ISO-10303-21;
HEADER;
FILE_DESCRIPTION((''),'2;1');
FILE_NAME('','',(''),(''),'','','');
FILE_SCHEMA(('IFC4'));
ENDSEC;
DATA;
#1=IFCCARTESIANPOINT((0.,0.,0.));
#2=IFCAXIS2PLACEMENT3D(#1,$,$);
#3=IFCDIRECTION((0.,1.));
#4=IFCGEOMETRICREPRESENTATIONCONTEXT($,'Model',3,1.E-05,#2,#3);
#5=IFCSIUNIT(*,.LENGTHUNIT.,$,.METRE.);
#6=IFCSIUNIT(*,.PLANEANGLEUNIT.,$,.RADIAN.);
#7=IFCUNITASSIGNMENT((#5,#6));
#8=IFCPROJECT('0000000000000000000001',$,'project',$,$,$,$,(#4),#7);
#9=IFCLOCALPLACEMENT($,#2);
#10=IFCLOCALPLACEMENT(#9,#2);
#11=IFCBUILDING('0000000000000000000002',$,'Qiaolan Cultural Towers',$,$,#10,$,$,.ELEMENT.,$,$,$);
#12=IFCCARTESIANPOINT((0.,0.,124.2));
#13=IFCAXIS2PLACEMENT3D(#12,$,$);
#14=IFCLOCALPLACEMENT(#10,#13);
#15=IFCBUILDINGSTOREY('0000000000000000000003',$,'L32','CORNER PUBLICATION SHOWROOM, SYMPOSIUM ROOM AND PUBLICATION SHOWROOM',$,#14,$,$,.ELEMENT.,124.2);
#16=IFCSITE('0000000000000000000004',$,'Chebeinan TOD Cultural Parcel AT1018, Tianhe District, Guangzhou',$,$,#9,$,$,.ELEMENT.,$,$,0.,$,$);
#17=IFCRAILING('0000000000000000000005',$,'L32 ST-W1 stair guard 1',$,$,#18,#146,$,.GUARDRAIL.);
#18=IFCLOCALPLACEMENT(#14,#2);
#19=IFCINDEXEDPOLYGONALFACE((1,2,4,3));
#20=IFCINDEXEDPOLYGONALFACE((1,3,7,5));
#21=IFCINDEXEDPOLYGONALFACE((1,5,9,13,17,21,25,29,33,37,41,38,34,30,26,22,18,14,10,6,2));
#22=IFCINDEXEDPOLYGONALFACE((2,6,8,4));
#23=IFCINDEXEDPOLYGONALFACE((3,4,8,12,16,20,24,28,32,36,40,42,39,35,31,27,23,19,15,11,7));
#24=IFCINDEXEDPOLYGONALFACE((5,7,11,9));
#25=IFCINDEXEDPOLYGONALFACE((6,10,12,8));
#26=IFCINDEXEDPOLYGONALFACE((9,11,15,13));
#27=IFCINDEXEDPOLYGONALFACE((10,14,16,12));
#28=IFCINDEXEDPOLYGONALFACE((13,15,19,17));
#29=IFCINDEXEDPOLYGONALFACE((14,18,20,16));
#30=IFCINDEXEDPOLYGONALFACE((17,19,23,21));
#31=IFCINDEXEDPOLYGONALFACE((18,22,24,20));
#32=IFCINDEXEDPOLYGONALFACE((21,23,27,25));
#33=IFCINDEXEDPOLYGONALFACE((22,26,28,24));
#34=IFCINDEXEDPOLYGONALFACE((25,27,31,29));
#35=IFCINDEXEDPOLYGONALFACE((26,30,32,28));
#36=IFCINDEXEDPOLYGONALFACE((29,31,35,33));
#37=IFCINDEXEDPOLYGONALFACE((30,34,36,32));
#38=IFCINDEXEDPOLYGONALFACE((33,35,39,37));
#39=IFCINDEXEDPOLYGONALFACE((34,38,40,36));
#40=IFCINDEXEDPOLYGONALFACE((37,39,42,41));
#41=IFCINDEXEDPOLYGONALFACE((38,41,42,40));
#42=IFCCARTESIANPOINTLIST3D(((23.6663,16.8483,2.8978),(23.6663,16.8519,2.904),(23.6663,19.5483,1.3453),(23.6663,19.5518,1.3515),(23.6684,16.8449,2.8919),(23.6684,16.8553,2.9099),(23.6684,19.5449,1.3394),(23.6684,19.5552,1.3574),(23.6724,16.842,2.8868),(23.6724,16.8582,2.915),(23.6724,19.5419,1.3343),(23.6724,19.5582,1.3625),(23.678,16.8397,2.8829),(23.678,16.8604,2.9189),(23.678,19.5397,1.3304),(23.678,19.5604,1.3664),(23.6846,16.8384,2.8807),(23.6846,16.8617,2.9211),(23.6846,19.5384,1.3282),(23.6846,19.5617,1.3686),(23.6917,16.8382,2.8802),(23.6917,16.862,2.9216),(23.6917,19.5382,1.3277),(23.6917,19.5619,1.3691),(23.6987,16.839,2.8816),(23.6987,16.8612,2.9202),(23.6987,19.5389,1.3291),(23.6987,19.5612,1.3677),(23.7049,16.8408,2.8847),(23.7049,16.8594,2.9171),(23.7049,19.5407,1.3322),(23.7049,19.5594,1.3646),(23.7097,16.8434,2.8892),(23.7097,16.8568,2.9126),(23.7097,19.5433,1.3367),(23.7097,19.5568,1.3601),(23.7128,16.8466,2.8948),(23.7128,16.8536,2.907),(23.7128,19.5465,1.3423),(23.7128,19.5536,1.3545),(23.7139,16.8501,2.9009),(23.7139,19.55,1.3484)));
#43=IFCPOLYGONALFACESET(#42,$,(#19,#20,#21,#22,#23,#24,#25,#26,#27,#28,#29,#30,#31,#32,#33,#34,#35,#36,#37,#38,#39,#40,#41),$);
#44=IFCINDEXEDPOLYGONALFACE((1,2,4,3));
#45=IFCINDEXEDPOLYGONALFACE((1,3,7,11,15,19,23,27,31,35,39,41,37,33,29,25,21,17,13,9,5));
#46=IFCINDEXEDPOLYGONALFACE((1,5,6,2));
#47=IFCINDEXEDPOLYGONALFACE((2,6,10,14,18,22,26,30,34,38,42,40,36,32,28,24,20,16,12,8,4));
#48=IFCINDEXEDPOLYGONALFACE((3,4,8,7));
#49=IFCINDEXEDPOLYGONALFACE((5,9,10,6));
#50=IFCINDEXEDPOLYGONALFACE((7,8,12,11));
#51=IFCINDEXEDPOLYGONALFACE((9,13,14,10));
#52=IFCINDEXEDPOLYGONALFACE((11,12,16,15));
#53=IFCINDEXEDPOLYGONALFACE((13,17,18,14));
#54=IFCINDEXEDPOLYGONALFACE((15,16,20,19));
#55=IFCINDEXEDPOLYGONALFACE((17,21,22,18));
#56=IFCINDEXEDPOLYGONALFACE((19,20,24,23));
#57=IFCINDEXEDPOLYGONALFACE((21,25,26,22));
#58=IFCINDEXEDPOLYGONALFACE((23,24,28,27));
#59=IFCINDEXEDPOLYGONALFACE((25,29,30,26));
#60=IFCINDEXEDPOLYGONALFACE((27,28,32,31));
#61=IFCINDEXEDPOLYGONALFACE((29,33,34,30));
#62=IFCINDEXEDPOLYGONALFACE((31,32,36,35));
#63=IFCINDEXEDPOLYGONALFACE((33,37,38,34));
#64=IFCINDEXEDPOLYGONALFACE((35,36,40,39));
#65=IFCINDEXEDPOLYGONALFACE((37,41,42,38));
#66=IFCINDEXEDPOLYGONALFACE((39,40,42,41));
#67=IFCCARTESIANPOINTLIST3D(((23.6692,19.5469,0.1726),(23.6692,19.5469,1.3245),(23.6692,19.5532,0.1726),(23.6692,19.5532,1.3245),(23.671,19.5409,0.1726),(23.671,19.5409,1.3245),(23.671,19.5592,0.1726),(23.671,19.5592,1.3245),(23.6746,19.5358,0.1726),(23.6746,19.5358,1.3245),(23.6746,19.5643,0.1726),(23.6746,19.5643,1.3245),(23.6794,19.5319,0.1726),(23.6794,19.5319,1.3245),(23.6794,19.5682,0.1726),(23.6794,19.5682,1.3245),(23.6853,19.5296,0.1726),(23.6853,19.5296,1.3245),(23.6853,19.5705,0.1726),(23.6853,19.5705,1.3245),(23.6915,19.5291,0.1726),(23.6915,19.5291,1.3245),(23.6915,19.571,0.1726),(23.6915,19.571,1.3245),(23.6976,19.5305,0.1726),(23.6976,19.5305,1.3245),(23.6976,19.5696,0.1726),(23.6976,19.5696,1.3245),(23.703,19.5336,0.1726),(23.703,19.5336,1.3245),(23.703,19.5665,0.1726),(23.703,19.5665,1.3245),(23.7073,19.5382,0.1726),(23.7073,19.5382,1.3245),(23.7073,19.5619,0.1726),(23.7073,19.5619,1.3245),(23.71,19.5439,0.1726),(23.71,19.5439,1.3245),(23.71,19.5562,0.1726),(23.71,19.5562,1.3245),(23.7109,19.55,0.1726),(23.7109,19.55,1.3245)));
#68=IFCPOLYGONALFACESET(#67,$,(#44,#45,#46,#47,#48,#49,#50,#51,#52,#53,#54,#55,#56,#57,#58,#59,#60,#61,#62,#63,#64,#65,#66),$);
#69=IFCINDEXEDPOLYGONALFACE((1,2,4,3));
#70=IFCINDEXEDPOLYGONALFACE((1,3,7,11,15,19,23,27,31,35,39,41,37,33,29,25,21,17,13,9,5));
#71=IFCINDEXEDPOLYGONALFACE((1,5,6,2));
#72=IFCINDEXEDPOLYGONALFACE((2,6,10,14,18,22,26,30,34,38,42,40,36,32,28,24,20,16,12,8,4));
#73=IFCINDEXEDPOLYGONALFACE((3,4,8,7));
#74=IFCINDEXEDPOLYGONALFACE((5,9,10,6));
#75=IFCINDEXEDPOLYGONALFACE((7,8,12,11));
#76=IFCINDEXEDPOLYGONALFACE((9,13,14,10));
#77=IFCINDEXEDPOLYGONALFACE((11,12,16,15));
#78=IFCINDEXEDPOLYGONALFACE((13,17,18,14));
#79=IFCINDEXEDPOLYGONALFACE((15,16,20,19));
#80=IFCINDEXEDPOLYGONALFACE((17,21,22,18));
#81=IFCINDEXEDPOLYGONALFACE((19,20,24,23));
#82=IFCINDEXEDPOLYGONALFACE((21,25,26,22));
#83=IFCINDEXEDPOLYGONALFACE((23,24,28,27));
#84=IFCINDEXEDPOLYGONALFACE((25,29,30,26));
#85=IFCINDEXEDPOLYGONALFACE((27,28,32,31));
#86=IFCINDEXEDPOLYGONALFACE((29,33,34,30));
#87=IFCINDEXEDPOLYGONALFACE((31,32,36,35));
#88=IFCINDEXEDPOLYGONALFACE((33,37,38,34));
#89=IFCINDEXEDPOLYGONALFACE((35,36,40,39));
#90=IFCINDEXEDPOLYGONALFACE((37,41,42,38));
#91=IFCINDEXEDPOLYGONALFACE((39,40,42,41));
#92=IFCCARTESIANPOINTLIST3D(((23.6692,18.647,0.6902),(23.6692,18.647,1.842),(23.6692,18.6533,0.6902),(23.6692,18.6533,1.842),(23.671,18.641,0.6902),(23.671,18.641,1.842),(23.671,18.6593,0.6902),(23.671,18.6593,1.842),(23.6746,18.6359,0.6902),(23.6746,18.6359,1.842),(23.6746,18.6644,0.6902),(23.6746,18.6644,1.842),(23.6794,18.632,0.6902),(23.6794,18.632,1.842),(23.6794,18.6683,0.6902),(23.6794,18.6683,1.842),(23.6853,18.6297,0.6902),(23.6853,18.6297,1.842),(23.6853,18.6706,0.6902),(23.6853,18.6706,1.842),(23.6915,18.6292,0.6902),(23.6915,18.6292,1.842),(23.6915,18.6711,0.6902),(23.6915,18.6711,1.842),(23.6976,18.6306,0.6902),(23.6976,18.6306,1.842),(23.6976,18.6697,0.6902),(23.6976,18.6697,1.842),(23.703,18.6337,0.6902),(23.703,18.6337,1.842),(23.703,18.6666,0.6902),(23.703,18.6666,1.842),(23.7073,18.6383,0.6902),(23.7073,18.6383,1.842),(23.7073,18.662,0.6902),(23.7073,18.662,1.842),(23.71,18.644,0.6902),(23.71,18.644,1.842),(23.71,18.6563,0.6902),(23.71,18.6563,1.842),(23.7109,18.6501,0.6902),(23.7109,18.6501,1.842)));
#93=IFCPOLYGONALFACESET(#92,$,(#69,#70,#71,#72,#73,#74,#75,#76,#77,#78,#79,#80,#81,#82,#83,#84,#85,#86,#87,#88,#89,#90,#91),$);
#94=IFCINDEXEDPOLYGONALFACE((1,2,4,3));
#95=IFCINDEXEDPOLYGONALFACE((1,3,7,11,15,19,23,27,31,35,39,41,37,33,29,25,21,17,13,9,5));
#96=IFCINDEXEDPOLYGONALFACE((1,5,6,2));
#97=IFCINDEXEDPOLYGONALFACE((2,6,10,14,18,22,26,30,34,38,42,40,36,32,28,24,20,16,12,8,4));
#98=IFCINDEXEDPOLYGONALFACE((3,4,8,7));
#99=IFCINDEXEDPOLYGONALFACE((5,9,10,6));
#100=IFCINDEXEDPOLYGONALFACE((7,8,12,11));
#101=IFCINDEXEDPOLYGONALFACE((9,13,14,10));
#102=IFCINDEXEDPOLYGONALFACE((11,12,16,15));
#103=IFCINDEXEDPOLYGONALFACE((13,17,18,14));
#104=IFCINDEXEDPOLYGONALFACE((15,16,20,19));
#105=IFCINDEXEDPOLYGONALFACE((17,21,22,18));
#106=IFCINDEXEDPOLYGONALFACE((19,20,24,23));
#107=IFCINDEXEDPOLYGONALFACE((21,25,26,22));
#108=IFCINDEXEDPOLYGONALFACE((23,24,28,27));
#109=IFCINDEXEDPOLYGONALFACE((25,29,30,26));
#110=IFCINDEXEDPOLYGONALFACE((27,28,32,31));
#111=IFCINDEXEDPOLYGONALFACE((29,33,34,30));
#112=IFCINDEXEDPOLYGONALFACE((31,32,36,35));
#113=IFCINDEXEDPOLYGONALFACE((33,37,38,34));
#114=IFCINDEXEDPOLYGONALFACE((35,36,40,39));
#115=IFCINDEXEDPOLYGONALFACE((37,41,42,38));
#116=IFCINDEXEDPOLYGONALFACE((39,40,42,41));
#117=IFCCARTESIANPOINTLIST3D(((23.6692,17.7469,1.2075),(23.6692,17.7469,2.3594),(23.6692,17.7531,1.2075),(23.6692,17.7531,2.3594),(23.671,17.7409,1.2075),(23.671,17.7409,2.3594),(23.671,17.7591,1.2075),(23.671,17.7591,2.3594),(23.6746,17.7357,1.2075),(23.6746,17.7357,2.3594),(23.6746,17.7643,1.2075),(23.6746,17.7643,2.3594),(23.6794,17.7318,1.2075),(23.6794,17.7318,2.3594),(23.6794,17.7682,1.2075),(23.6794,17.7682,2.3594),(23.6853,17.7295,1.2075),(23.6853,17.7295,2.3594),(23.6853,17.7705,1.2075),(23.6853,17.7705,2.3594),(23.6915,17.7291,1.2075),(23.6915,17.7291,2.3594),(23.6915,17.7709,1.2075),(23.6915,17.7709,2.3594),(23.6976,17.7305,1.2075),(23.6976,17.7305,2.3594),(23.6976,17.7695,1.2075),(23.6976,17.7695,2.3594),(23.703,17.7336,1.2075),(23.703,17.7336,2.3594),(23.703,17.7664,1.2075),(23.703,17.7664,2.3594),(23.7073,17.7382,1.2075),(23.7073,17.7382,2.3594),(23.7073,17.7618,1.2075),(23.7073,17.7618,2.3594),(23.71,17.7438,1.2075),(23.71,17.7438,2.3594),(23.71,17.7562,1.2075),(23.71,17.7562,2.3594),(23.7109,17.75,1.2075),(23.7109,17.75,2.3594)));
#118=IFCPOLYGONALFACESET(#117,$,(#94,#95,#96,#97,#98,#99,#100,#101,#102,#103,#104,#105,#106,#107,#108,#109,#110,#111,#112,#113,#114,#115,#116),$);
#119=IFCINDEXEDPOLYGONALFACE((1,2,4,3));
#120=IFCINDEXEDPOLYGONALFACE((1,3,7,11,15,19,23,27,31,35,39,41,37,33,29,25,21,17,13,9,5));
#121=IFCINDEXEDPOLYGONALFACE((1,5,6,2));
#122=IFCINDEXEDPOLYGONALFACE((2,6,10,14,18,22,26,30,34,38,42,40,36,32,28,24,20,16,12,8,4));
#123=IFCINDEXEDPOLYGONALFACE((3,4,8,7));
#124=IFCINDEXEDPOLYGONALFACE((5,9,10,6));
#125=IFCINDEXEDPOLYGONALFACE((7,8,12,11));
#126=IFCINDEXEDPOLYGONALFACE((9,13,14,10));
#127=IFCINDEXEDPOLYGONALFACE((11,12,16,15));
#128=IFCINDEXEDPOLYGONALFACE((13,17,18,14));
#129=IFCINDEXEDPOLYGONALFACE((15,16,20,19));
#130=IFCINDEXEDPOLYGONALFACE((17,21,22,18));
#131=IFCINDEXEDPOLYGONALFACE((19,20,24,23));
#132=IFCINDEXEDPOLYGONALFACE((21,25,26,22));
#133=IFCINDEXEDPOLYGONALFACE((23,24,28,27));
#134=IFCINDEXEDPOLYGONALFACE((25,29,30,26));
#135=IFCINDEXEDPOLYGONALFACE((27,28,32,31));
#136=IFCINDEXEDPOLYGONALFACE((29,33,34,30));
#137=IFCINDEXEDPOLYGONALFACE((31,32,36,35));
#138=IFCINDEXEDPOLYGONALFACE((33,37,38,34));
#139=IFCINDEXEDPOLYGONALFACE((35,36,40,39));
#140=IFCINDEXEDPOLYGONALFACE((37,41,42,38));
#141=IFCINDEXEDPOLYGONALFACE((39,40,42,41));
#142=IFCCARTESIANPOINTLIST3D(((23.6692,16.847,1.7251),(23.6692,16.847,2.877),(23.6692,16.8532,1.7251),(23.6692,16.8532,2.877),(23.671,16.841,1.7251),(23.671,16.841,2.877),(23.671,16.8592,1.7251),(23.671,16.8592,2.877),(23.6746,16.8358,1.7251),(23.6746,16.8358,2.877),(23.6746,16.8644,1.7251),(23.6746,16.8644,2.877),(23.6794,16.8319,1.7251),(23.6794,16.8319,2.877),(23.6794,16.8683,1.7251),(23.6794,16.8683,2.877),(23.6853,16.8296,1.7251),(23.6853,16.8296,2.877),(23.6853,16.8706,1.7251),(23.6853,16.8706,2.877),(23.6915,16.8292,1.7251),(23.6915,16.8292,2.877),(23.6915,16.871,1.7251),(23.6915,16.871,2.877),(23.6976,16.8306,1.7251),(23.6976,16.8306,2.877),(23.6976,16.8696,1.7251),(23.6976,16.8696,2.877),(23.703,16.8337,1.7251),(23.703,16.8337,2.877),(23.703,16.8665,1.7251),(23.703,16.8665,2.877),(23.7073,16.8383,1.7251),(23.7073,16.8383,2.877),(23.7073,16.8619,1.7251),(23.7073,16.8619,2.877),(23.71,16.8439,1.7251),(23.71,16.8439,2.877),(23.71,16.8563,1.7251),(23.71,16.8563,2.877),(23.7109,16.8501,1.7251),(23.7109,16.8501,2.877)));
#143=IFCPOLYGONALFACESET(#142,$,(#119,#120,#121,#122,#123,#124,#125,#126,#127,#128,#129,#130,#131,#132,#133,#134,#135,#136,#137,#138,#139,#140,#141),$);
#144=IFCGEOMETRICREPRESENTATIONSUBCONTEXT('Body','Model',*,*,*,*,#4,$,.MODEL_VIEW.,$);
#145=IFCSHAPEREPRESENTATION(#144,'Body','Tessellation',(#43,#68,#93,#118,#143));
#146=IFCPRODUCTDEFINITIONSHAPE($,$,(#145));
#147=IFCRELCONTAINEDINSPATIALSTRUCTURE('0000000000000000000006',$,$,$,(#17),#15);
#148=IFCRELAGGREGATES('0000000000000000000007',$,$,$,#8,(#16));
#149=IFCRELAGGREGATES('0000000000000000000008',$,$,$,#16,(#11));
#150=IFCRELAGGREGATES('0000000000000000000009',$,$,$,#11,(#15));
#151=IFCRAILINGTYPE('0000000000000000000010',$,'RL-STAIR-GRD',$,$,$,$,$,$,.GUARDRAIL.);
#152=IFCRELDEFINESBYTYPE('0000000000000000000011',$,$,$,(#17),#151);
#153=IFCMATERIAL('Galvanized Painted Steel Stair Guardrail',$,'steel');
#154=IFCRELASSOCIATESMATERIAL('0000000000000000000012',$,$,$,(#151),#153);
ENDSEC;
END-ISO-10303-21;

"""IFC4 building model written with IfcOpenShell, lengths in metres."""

from ifc_helpers import new_model, si_unit, direction, frame, origin, origin_2d, place, context, subcontext, project, spatial, circle, extrude, material, type_object, element, save


model = new_model("IFC4")

# Units and contexts
model_context = context("Model", 3, precision=1e-05, world=origin(), true_north=direction((0.0, 1.0)))
body_context = subcontext(model_context, "Body", "Model", "MODEL_VIEW")
ifc_project = project(units=[si_unit("LENGTHUNIT", "METRE"), si_unit("PLANEANGLEUNIT", "RADIAN")], contexts=[model_context])

# Site, building, storey
site_placement = place(None, origin())
site = spatial("IfcSite", under=ifc_project, at=site_placement, Name="Chebeinan TOD Cultural Parcel AT1018, Tianhe District, Guangzhou", CompositionType="ELEMENT", RefElevation=0.0)
building_placement = place(site_placement, origin())
building = spatial("IfcBuilding", under=site, at=building_placement, Name="Qiaolan Cultural Towers", CompositionType="ELEMENT")
storey_placement = place(building_placement, frame((0.0, 0.0, 124.2)))
storey = spatial("IfcBuildingStorey", under=building, at=storey_placement, Name="L32", Description="CORNER PUBLICATION SHOWROOM, SYMPOSIUM ROOM AND PUBLICATION SHOWROOM", CompositionType="ELEMENT", Elevation=124.2)

# Railing
ifc_material_1 = material(Name="Galvanized Painted Steel Stair Guardrail", Category="steel")
railing_type_1 = type_object("IfcRailingType", Name="RL-STAIR-GRD", PredefinedType="GUARDRAIL", material=ifc_material_1)
railing_1_placement = place(storey_placement, frame((23.6899, 19.55, 0.1726)))
element("IfcRailing", 1, at=railing_1_placement, inside=storey, type_object=railing_type_1, Name="L32 ST-W1 stair guard 1", PredefinedType="GUARDRAIL", context=body_context, shape_type="SweptSolid", body=[
    extrude(circle(Radius=0.0239, at=origin_2d()), frame((0.0, 0.0, 1.1758), z_axis=(0.0, -0.866904, 0.498476), x_axis=(1.0, 0.0, 0.0)), (0.0, 0.0, 1.0), 3.1145),
    extrude(circle(Radius=0.021, at=origin_2d()), origin(), (0.0, 0.0, 1.0), 1.1519),
    extrude(circle(Radius=0.021, at=origin_2d()), frame((0.0, -0.8999, 0.5176)), (0.0, 0.0, 1.0), 1.1519),
    extrude(circle(Radius=0.021, at=origin_2d()), frame((0.0, -1.8, 1.0349)), (0.0, 0.0, 1.0), 1.1519),
    extrude(circle(Radius=0.021, at=origin_2d()), frame((0.0, -2.7, 1.5525)), (0.0, 0.0, 1.0), 1.1519),
])

save(model, "model.ifc")
